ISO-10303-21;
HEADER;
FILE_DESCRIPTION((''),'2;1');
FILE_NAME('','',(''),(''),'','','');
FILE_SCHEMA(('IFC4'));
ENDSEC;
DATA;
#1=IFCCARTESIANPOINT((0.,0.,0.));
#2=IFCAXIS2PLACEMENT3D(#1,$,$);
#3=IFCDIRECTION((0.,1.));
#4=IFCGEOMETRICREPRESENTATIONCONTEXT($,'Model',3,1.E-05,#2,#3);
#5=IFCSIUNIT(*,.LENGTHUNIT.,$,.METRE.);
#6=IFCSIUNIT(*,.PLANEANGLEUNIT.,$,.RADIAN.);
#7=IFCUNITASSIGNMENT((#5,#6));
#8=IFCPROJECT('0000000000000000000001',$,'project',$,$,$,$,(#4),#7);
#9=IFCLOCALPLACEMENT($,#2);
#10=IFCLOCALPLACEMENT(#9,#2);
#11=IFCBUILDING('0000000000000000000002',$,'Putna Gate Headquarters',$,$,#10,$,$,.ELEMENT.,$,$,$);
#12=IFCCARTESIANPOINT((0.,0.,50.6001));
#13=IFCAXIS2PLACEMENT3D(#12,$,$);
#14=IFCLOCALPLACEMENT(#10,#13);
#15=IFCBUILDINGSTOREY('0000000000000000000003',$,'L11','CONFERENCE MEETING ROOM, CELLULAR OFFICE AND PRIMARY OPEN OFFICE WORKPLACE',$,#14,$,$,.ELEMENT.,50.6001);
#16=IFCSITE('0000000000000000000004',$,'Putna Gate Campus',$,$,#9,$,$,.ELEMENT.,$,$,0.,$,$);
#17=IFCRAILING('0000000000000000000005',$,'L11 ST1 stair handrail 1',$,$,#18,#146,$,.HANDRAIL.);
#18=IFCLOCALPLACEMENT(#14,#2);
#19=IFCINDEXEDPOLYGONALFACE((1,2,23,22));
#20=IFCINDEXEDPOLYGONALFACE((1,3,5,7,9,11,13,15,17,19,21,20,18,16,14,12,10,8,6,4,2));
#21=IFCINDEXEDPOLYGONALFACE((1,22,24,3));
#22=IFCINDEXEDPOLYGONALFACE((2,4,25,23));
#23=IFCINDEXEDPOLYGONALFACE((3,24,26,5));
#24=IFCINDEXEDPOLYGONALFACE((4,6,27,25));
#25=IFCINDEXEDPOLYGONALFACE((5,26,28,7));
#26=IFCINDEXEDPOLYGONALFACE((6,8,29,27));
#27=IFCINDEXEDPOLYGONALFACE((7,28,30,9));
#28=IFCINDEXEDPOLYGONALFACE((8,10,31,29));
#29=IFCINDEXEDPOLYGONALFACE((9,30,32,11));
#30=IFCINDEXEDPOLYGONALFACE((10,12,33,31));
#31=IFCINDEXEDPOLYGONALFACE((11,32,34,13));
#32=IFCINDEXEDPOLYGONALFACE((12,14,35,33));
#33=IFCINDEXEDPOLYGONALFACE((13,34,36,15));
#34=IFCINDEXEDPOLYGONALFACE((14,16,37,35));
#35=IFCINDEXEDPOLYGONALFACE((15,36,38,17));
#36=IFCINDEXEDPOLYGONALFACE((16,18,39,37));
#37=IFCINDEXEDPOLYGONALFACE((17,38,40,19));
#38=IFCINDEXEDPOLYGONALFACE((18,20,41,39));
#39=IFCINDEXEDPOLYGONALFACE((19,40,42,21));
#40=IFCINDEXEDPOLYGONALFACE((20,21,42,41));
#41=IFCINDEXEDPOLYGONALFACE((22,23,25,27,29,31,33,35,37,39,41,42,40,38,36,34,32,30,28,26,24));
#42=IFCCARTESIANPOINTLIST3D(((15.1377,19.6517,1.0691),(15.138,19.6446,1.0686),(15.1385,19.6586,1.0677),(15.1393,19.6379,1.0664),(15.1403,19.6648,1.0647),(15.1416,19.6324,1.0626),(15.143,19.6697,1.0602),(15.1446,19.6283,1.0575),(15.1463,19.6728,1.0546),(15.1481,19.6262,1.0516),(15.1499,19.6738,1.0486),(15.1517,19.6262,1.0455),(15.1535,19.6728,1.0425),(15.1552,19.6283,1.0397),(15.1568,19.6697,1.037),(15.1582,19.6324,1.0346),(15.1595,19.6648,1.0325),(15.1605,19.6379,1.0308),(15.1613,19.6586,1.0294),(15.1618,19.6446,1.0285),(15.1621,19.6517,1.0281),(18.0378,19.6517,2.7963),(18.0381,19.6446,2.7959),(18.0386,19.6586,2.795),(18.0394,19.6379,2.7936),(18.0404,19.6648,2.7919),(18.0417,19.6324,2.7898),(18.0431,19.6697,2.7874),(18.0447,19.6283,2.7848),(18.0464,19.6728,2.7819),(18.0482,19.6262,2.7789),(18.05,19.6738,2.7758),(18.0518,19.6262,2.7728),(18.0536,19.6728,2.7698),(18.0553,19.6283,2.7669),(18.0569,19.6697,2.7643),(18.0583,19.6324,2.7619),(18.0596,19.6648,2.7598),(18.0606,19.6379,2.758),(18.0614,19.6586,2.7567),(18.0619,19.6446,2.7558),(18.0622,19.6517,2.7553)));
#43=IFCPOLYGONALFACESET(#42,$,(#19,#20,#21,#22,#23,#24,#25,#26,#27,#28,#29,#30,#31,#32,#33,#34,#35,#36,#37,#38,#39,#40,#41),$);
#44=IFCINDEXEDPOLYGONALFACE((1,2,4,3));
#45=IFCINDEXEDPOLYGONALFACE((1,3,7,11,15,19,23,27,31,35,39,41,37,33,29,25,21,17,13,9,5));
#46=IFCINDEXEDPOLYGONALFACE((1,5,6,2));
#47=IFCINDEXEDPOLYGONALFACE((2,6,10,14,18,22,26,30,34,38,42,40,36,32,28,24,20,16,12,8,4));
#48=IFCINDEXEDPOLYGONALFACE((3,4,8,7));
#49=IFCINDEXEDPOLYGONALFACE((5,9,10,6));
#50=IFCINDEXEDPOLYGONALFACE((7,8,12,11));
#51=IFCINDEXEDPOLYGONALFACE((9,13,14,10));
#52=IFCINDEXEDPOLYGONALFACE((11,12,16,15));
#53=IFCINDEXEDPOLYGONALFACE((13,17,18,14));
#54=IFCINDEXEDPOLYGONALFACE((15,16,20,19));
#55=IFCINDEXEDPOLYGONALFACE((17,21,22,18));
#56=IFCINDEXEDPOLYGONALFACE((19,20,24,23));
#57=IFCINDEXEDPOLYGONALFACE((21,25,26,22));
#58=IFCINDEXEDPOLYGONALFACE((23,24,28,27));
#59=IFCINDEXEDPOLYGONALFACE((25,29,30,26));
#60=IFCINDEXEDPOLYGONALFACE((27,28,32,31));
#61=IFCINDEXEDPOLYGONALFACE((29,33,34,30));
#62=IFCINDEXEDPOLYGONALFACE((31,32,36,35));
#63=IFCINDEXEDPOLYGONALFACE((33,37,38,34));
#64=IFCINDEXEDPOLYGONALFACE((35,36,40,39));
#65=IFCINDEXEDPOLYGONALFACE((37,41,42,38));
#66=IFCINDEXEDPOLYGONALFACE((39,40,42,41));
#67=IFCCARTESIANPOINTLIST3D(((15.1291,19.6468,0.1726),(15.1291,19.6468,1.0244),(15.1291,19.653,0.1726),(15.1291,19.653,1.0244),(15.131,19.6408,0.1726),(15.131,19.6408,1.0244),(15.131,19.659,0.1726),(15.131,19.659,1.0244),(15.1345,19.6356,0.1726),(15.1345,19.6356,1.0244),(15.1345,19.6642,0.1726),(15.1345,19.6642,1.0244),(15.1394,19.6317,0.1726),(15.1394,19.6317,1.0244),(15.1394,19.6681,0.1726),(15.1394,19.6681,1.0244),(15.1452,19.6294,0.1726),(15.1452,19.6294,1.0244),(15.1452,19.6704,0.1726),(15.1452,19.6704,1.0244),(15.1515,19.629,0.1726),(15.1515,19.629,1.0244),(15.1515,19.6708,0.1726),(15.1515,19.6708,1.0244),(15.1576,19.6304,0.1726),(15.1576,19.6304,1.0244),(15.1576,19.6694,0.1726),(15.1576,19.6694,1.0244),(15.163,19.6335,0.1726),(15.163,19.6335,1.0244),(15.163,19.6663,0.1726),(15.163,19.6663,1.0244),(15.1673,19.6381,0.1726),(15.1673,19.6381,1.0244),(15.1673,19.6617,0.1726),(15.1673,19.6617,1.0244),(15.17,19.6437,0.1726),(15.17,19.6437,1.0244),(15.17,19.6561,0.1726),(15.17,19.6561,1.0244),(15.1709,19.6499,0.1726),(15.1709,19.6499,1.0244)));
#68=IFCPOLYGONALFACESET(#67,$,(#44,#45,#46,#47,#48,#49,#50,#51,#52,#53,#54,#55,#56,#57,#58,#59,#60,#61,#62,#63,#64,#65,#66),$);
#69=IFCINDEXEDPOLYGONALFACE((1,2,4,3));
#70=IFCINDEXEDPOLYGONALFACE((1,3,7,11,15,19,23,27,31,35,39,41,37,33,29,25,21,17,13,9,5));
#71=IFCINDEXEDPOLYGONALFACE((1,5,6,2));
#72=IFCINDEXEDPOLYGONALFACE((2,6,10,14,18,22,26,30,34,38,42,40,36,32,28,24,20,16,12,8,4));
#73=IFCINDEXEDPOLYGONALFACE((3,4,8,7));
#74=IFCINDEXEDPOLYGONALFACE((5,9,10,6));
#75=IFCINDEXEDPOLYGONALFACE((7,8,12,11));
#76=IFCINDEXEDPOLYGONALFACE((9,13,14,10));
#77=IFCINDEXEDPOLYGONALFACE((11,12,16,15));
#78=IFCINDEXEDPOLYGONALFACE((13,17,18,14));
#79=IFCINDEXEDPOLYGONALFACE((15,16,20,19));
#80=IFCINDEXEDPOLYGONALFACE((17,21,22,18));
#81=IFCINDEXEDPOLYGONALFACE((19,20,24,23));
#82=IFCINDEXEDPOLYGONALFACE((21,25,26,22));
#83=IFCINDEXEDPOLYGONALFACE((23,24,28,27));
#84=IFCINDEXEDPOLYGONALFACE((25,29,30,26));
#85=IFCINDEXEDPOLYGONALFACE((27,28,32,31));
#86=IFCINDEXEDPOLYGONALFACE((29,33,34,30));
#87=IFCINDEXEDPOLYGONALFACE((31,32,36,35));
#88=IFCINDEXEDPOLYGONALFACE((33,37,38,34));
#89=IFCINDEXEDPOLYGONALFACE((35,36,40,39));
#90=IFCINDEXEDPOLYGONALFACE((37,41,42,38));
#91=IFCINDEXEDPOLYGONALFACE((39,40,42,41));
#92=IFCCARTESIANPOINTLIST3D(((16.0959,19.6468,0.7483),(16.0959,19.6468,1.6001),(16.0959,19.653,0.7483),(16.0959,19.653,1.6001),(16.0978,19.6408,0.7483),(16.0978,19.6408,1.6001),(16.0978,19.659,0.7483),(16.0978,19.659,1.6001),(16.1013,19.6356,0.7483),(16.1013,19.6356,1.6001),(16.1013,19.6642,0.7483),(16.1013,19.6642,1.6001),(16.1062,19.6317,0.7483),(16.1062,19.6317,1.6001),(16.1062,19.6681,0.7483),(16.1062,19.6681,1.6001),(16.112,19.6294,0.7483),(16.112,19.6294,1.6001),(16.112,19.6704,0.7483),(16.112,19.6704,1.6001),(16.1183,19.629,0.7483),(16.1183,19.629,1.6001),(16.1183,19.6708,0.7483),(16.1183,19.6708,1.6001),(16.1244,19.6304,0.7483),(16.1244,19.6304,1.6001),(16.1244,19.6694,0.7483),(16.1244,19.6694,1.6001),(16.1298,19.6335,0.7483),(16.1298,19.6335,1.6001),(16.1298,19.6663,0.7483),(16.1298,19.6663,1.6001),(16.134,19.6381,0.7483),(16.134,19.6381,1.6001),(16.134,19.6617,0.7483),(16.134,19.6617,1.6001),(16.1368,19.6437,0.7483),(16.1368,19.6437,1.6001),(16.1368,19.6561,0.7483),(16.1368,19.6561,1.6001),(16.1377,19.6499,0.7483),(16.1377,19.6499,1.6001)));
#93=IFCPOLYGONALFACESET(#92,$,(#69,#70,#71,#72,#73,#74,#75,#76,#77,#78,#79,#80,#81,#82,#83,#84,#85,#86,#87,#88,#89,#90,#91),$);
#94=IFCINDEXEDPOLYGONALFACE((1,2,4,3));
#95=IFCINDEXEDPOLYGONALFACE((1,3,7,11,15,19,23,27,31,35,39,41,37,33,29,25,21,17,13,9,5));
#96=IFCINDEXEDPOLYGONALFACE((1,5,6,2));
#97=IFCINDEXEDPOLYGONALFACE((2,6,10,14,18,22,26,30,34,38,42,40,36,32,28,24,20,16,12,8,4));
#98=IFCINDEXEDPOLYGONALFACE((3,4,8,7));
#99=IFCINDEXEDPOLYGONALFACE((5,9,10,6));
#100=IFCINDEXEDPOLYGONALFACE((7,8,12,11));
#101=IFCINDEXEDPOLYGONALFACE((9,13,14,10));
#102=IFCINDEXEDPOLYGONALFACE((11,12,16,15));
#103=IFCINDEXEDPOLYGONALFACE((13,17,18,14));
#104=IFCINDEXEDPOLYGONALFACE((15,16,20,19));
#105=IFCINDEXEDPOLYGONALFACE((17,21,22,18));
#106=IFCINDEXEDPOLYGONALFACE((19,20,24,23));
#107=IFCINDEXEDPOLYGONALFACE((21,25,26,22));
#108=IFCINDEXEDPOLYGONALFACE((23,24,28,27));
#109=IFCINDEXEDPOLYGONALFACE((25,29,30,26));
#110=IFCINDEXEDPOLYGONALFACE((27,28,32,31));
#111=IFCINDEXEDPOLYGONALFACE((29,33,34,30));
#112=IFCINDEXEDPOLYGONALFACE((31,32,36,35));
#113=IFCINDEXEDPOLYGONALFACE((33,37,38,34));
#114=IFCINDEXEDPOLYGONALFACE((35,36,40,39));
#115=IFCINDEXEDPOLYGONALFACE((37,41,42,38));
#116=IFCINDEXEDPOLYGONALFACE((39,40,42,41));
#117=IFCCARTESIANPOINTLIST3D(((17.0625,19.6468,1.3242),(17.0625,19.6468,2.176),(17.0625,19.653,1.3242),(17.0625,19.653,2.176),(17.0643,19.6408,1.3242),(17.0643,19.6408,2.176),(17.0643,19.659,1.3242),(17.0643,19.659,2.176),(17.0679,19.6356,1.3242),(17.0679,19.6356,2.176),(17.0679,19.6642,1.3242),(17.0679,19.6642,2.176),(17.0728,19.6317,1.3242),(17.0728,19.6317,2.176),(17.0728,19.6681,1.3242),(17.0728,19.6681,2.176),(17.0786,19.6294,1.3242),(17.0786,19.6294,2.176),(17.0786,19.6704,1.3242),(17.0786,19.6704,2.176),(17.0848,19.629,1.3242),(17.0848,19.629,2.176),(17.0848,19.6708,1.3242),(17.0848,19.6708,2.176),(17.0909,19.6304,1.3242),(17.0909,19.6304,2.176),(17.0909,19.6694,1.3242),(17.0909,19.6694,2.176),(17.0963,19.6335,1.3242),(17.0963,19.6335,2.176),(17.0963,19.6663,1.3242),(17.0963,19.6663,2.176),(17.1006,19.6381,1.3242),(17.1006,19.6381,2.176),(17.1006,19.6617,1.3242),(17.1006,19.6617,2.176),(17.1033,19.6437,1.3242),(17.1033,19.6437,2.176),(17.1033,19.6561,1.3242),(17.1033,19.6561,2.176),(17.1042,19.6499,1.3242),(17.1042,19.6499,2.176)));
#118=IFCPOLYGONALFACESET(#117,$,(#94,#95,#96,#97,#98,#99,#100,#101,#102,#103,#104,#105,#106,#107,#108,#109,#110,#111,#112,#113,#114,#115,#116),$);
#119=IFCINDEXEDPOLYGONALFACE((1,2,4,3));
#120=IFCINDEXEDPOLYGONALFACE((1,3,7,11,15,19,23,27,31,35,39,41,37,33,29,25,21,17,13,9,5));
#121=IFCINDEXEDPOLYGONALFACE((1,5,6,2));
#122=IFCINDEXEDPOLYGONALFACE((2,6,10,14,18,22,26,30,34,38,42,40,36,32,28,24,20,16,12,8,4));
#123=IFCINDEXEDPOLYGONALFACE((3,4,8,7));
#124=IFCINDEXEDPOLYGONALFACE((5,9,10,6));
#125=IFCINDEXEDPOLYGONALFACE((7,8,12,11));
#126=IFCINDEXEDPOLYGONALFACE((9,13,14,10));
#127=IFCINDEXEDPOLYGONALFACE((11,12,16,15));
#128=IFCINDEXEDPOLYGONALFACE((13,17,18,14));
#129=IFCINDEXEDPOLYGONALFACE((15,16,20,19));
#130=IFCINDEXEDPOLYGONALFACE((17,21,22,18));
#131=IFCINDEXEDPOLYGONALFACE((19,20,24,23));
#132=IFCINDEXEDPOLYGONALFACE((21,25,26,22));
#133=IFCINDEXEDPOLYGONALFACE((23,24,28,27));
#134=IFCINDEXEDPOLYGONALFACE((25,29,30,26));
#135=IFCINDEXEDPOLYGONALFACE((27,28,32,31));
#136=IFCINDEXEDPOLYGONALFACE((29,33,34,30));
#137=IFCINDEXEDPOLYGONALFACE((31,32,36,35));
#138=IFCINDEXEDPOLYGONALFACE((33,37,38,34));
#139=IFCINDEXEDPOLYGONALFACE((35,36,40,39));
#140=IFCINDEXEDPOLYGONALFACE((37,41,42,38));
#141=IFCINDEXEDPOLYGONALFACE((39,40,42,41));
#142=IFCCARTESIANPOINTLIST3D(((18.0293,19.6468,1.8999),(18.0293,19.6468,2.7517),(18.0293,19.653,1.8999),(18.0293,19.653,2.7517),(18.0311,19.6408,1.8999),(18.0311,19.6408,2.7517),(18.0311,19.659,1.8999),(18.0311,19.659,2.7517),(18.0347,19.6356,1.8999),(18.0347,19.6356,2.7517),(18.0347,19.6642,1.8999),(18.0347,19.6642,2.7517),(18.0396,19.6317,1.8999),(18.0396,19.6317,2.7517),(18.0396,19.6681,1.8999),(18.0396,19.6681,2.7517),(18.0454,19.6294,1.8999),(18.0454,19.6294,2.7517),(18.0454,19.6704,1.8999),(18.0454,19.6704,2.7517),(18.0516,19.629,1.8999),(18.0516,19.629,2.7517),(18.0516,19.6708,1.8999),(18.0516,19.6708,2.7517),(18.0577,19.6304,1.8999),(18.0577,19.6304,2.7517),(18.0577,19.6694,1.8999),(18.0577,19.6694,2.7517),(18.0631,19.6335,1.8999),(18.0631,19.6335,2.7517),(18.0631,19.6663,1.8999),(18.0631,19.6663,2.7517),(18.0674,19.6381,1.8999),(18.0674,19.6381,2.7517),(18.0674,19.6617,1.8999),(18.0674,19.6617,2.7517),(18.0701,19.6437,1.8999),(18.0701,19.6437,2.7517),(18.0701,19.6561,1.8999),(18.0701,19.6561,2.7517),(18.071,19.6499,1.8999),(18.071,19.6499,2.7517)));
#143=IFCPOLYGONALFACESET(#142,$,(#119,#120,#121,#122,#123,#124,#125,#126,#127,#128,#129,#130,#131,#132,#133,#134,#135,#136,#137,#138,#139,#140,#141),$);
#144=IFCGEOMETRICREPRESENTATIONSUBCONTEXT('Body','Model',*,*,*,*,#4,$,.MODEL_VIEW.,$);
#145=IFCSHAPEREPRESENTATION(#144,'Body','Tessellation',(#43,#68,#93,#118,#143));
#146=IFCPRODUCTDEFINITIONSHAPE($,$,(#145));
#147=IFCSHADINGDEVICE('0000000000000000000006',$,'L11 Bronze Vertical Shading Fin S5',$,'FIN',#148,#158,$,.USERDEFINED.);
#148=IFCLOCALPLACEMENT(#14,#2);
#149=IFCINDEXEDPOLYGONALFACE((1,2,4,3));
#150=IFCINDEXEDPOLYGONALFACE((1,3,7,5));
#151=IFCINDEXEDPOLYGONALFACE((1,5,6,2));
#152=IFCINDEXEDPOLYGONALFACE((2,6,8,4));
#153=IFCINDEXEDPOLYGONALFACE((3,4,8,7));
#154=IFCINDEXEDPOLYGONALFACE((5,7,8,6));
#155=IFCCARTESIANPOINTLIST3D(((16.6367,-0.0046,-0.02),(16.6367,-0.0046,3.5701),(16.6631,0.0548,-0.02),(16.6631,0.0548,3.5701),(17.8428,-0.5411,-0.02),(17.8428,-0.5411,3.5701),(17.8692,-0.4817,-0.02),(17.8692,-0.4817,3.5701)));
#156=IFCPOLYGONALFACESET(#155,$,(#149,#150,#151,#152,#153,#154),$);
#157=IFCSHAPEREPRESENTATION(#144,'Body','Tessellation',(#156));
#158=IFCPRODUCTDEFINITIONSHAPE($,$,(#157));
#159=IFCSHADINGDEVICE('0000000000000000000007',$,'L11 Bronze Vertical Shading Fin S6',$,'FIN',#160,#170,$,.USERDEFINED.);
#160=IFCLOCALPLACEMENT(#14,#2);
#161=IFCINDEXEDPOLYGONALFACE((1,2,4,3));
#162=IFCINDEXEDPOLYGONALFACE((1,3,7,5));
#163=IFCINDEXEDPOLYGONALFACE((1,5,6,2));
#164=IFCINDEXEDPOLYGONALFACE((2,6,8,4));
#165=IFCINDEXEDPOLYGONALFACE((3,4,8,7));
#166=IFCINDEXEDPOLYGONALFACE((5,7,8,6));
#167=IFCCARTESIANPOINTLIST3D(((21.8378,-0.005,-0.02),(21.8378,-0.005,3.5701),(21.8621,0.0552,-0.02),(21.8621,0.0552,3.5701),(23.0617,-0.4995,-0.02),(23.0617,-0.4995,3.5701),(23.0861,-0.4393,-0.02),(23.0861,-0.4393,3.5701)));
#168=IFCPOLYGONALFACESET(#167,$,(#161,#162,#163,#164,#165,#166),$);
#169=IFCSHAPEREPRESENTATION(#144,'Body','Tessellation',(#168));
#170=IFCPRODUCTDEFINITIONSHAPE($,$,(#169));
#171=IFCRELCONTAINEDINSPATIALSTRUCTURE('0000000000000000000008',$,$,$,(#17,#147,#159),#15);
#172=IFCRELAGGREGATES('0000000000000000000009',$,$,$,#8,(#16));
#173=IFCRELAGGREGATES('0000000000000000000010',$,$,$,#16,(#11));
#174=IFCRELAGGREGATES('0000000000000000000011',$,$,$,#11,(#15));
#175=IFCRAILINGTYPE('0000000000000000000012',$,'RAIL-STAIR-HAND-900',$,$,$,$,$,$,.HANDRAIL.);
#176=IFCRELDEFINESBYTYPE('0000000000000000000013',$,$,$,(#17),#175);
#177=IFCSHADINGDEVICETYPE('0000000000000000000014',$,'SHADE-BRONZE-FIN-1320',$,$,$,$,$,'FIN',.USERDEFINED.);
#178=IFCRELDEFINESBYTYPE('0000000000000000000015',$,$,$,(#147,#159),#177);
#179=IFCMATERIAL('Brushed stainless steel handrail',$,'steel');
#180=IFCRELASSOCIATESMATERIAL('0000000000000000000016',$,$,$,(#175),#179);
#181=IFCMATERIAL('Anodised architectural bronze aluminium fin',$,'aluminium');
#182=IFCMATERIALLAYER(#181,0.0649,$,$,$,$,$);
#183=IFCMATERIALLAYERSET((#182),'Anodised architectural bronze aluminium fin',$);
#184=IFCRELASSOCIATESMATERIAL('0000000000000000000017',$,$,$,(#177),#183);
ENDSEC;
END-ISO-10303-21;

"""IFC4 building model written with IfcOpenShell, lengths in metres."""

from ifc_helpers import new_model, si_unit, direction, frame, origin, origin_2d, place, context, subcontext, project, spatial, rectangle, circle, extrude, material, layer, layer_set, type_object, element, save


model = new_model("IFC4")

# Units and contexts
model_context = context("Model", 3, precision=1e-05, world=origin(), true_north=direction((0.0, 1.0)))
body_context = subcontext(model_context, "Body", "Model", "MODEL_VIEW")
ifc_project = project(units=[si_unit("LENGTHUNIT", "METRE"), si_unit("PLANEANGLEUNIT", "RADIAN")], contexts=[model_context])

# Site, building, storey
site_placement = place(None, origin())
site = spatial("IfcSite", under=ifc_project, at=site_placement, Name="Putna Gate Campus", CompositionType="ELEMENT", RefElevation=0.0)
building_placement = place(site_placement, origin())
building = spatial("IfcBuilding", under=site, at=building_placement, Name="Putna Gate Headquarters", CompositionType="ELEMENT")
storey_placement = place(building_placement, frame((0.0, 0.0, 50.6001)))
storey = spatial("IfcBuildingStorey", under=building, at=storey_placement, Name="L11", Description="CONFERENCE MEETING ROOM, CELLULAR OFFICE AND PRIMARY OPEN OFFICE WORKPLACE", CompositionType="ELEMENT", Elevation=50.6001)

# Railing
ifc_material_1 = material(Name="Brushed stainless steel handrail", Category="steel")
railing_type_1 = type_object("IfcRailingType", Name="RAIL-STAIR-HAND-900", PredefinedType="HANDRAIL", material=ifc_material_1)
railing_1_placement = place(storey_placement, frame((15.1499, 19.6499, 0.1726)))
element("IfcRailing", 1, at=railing_1_placement, inside=storey, type_object=railing_type_1, Name="L11 ST1 stair handrail 1", PredefinedType="HANDRAIL", context=body_context, shape_type="SweptSolid", body=[
    extrude(circle(Radius=0.0239, at=origin_2d()), frame((0.0, 0.0, 0.876), z_axis=(0.85916, 0.0, 0.511706), x_axis=(0.0, 1.0, 0.0)), (0.0, 0.0, 1.0), 3.3755),
    extrude(circle(Radius=0.021, at=origin_2d()), origin(), (0.0, 0.0, 1.0), 0.8518),
    extrude(circle(Radius=0.021, at=origin_2d()), frame((0.9668, 0.0, 0.5757)), (0.0, 0.0, 1.0), 0.8518),
    extrude(circle(Radius=0.021, at=origin_2d()), frame((1.9333, 0.0, 1.1516)), (0.0, 0.0, 1.0), 0.8518),
    extrude(circle(Radius=0.021, at=origin_2d()), frame((2.9001, 0.0, 1.7273)), (0.0, 0.0, 1.0), 0.8518),
])

# Shading devices
ifc_material_2 = material(Name="Anodised architectural bronze aluminium fin", Category="aluminium")
ifc_layer_1 = layer(ifc_material_2, 0.0649)
ifc_layer_set_1 = layer_set([ifc_layer_1], Name="Anodised architectural bronze aluminium fin")
shading_device_type = type_object("IfcShadingDeviceType", Name="SHADE-BRONZE-FIN-1320", ElementType="FIN", PredefinedType="USERDEFINED", material=ifc_layer_set_1)
for number, where, z_axis, x_axis, name in (
    (2, (17.2529, -0.2432, -0.02), (0.0, 0.0, 1.0), (0.913687, -0.406418, 0.0), "L11 Bronze Vertical Shading Fin S5"),
    (3, (22.4619, -0.2222, -0.02), (0.0, 0.0, 1.0), (0.927184, -0.374607, 0.0), "L11 Bronze Vertical Shading Fin S6"),
):
    element("IfcShadingDevice", number, at=place(storey_placement, frame(where, z_axis=z_axis, x_axis=x_axis)), inside=storey, type_object=shading_device_type, Name=name, ObjectType="FIN", PredefinedType="USERDEFINED", context=body_context, shape_type="SweptSolid", body=[
        extrude(rectangle(XDim=1.3201, YDim=0.0649, at=origin_2d()), origin(), (0.0, 0.0, 1.0), 3.5901),
    ])

save(model, "model.ifc")
